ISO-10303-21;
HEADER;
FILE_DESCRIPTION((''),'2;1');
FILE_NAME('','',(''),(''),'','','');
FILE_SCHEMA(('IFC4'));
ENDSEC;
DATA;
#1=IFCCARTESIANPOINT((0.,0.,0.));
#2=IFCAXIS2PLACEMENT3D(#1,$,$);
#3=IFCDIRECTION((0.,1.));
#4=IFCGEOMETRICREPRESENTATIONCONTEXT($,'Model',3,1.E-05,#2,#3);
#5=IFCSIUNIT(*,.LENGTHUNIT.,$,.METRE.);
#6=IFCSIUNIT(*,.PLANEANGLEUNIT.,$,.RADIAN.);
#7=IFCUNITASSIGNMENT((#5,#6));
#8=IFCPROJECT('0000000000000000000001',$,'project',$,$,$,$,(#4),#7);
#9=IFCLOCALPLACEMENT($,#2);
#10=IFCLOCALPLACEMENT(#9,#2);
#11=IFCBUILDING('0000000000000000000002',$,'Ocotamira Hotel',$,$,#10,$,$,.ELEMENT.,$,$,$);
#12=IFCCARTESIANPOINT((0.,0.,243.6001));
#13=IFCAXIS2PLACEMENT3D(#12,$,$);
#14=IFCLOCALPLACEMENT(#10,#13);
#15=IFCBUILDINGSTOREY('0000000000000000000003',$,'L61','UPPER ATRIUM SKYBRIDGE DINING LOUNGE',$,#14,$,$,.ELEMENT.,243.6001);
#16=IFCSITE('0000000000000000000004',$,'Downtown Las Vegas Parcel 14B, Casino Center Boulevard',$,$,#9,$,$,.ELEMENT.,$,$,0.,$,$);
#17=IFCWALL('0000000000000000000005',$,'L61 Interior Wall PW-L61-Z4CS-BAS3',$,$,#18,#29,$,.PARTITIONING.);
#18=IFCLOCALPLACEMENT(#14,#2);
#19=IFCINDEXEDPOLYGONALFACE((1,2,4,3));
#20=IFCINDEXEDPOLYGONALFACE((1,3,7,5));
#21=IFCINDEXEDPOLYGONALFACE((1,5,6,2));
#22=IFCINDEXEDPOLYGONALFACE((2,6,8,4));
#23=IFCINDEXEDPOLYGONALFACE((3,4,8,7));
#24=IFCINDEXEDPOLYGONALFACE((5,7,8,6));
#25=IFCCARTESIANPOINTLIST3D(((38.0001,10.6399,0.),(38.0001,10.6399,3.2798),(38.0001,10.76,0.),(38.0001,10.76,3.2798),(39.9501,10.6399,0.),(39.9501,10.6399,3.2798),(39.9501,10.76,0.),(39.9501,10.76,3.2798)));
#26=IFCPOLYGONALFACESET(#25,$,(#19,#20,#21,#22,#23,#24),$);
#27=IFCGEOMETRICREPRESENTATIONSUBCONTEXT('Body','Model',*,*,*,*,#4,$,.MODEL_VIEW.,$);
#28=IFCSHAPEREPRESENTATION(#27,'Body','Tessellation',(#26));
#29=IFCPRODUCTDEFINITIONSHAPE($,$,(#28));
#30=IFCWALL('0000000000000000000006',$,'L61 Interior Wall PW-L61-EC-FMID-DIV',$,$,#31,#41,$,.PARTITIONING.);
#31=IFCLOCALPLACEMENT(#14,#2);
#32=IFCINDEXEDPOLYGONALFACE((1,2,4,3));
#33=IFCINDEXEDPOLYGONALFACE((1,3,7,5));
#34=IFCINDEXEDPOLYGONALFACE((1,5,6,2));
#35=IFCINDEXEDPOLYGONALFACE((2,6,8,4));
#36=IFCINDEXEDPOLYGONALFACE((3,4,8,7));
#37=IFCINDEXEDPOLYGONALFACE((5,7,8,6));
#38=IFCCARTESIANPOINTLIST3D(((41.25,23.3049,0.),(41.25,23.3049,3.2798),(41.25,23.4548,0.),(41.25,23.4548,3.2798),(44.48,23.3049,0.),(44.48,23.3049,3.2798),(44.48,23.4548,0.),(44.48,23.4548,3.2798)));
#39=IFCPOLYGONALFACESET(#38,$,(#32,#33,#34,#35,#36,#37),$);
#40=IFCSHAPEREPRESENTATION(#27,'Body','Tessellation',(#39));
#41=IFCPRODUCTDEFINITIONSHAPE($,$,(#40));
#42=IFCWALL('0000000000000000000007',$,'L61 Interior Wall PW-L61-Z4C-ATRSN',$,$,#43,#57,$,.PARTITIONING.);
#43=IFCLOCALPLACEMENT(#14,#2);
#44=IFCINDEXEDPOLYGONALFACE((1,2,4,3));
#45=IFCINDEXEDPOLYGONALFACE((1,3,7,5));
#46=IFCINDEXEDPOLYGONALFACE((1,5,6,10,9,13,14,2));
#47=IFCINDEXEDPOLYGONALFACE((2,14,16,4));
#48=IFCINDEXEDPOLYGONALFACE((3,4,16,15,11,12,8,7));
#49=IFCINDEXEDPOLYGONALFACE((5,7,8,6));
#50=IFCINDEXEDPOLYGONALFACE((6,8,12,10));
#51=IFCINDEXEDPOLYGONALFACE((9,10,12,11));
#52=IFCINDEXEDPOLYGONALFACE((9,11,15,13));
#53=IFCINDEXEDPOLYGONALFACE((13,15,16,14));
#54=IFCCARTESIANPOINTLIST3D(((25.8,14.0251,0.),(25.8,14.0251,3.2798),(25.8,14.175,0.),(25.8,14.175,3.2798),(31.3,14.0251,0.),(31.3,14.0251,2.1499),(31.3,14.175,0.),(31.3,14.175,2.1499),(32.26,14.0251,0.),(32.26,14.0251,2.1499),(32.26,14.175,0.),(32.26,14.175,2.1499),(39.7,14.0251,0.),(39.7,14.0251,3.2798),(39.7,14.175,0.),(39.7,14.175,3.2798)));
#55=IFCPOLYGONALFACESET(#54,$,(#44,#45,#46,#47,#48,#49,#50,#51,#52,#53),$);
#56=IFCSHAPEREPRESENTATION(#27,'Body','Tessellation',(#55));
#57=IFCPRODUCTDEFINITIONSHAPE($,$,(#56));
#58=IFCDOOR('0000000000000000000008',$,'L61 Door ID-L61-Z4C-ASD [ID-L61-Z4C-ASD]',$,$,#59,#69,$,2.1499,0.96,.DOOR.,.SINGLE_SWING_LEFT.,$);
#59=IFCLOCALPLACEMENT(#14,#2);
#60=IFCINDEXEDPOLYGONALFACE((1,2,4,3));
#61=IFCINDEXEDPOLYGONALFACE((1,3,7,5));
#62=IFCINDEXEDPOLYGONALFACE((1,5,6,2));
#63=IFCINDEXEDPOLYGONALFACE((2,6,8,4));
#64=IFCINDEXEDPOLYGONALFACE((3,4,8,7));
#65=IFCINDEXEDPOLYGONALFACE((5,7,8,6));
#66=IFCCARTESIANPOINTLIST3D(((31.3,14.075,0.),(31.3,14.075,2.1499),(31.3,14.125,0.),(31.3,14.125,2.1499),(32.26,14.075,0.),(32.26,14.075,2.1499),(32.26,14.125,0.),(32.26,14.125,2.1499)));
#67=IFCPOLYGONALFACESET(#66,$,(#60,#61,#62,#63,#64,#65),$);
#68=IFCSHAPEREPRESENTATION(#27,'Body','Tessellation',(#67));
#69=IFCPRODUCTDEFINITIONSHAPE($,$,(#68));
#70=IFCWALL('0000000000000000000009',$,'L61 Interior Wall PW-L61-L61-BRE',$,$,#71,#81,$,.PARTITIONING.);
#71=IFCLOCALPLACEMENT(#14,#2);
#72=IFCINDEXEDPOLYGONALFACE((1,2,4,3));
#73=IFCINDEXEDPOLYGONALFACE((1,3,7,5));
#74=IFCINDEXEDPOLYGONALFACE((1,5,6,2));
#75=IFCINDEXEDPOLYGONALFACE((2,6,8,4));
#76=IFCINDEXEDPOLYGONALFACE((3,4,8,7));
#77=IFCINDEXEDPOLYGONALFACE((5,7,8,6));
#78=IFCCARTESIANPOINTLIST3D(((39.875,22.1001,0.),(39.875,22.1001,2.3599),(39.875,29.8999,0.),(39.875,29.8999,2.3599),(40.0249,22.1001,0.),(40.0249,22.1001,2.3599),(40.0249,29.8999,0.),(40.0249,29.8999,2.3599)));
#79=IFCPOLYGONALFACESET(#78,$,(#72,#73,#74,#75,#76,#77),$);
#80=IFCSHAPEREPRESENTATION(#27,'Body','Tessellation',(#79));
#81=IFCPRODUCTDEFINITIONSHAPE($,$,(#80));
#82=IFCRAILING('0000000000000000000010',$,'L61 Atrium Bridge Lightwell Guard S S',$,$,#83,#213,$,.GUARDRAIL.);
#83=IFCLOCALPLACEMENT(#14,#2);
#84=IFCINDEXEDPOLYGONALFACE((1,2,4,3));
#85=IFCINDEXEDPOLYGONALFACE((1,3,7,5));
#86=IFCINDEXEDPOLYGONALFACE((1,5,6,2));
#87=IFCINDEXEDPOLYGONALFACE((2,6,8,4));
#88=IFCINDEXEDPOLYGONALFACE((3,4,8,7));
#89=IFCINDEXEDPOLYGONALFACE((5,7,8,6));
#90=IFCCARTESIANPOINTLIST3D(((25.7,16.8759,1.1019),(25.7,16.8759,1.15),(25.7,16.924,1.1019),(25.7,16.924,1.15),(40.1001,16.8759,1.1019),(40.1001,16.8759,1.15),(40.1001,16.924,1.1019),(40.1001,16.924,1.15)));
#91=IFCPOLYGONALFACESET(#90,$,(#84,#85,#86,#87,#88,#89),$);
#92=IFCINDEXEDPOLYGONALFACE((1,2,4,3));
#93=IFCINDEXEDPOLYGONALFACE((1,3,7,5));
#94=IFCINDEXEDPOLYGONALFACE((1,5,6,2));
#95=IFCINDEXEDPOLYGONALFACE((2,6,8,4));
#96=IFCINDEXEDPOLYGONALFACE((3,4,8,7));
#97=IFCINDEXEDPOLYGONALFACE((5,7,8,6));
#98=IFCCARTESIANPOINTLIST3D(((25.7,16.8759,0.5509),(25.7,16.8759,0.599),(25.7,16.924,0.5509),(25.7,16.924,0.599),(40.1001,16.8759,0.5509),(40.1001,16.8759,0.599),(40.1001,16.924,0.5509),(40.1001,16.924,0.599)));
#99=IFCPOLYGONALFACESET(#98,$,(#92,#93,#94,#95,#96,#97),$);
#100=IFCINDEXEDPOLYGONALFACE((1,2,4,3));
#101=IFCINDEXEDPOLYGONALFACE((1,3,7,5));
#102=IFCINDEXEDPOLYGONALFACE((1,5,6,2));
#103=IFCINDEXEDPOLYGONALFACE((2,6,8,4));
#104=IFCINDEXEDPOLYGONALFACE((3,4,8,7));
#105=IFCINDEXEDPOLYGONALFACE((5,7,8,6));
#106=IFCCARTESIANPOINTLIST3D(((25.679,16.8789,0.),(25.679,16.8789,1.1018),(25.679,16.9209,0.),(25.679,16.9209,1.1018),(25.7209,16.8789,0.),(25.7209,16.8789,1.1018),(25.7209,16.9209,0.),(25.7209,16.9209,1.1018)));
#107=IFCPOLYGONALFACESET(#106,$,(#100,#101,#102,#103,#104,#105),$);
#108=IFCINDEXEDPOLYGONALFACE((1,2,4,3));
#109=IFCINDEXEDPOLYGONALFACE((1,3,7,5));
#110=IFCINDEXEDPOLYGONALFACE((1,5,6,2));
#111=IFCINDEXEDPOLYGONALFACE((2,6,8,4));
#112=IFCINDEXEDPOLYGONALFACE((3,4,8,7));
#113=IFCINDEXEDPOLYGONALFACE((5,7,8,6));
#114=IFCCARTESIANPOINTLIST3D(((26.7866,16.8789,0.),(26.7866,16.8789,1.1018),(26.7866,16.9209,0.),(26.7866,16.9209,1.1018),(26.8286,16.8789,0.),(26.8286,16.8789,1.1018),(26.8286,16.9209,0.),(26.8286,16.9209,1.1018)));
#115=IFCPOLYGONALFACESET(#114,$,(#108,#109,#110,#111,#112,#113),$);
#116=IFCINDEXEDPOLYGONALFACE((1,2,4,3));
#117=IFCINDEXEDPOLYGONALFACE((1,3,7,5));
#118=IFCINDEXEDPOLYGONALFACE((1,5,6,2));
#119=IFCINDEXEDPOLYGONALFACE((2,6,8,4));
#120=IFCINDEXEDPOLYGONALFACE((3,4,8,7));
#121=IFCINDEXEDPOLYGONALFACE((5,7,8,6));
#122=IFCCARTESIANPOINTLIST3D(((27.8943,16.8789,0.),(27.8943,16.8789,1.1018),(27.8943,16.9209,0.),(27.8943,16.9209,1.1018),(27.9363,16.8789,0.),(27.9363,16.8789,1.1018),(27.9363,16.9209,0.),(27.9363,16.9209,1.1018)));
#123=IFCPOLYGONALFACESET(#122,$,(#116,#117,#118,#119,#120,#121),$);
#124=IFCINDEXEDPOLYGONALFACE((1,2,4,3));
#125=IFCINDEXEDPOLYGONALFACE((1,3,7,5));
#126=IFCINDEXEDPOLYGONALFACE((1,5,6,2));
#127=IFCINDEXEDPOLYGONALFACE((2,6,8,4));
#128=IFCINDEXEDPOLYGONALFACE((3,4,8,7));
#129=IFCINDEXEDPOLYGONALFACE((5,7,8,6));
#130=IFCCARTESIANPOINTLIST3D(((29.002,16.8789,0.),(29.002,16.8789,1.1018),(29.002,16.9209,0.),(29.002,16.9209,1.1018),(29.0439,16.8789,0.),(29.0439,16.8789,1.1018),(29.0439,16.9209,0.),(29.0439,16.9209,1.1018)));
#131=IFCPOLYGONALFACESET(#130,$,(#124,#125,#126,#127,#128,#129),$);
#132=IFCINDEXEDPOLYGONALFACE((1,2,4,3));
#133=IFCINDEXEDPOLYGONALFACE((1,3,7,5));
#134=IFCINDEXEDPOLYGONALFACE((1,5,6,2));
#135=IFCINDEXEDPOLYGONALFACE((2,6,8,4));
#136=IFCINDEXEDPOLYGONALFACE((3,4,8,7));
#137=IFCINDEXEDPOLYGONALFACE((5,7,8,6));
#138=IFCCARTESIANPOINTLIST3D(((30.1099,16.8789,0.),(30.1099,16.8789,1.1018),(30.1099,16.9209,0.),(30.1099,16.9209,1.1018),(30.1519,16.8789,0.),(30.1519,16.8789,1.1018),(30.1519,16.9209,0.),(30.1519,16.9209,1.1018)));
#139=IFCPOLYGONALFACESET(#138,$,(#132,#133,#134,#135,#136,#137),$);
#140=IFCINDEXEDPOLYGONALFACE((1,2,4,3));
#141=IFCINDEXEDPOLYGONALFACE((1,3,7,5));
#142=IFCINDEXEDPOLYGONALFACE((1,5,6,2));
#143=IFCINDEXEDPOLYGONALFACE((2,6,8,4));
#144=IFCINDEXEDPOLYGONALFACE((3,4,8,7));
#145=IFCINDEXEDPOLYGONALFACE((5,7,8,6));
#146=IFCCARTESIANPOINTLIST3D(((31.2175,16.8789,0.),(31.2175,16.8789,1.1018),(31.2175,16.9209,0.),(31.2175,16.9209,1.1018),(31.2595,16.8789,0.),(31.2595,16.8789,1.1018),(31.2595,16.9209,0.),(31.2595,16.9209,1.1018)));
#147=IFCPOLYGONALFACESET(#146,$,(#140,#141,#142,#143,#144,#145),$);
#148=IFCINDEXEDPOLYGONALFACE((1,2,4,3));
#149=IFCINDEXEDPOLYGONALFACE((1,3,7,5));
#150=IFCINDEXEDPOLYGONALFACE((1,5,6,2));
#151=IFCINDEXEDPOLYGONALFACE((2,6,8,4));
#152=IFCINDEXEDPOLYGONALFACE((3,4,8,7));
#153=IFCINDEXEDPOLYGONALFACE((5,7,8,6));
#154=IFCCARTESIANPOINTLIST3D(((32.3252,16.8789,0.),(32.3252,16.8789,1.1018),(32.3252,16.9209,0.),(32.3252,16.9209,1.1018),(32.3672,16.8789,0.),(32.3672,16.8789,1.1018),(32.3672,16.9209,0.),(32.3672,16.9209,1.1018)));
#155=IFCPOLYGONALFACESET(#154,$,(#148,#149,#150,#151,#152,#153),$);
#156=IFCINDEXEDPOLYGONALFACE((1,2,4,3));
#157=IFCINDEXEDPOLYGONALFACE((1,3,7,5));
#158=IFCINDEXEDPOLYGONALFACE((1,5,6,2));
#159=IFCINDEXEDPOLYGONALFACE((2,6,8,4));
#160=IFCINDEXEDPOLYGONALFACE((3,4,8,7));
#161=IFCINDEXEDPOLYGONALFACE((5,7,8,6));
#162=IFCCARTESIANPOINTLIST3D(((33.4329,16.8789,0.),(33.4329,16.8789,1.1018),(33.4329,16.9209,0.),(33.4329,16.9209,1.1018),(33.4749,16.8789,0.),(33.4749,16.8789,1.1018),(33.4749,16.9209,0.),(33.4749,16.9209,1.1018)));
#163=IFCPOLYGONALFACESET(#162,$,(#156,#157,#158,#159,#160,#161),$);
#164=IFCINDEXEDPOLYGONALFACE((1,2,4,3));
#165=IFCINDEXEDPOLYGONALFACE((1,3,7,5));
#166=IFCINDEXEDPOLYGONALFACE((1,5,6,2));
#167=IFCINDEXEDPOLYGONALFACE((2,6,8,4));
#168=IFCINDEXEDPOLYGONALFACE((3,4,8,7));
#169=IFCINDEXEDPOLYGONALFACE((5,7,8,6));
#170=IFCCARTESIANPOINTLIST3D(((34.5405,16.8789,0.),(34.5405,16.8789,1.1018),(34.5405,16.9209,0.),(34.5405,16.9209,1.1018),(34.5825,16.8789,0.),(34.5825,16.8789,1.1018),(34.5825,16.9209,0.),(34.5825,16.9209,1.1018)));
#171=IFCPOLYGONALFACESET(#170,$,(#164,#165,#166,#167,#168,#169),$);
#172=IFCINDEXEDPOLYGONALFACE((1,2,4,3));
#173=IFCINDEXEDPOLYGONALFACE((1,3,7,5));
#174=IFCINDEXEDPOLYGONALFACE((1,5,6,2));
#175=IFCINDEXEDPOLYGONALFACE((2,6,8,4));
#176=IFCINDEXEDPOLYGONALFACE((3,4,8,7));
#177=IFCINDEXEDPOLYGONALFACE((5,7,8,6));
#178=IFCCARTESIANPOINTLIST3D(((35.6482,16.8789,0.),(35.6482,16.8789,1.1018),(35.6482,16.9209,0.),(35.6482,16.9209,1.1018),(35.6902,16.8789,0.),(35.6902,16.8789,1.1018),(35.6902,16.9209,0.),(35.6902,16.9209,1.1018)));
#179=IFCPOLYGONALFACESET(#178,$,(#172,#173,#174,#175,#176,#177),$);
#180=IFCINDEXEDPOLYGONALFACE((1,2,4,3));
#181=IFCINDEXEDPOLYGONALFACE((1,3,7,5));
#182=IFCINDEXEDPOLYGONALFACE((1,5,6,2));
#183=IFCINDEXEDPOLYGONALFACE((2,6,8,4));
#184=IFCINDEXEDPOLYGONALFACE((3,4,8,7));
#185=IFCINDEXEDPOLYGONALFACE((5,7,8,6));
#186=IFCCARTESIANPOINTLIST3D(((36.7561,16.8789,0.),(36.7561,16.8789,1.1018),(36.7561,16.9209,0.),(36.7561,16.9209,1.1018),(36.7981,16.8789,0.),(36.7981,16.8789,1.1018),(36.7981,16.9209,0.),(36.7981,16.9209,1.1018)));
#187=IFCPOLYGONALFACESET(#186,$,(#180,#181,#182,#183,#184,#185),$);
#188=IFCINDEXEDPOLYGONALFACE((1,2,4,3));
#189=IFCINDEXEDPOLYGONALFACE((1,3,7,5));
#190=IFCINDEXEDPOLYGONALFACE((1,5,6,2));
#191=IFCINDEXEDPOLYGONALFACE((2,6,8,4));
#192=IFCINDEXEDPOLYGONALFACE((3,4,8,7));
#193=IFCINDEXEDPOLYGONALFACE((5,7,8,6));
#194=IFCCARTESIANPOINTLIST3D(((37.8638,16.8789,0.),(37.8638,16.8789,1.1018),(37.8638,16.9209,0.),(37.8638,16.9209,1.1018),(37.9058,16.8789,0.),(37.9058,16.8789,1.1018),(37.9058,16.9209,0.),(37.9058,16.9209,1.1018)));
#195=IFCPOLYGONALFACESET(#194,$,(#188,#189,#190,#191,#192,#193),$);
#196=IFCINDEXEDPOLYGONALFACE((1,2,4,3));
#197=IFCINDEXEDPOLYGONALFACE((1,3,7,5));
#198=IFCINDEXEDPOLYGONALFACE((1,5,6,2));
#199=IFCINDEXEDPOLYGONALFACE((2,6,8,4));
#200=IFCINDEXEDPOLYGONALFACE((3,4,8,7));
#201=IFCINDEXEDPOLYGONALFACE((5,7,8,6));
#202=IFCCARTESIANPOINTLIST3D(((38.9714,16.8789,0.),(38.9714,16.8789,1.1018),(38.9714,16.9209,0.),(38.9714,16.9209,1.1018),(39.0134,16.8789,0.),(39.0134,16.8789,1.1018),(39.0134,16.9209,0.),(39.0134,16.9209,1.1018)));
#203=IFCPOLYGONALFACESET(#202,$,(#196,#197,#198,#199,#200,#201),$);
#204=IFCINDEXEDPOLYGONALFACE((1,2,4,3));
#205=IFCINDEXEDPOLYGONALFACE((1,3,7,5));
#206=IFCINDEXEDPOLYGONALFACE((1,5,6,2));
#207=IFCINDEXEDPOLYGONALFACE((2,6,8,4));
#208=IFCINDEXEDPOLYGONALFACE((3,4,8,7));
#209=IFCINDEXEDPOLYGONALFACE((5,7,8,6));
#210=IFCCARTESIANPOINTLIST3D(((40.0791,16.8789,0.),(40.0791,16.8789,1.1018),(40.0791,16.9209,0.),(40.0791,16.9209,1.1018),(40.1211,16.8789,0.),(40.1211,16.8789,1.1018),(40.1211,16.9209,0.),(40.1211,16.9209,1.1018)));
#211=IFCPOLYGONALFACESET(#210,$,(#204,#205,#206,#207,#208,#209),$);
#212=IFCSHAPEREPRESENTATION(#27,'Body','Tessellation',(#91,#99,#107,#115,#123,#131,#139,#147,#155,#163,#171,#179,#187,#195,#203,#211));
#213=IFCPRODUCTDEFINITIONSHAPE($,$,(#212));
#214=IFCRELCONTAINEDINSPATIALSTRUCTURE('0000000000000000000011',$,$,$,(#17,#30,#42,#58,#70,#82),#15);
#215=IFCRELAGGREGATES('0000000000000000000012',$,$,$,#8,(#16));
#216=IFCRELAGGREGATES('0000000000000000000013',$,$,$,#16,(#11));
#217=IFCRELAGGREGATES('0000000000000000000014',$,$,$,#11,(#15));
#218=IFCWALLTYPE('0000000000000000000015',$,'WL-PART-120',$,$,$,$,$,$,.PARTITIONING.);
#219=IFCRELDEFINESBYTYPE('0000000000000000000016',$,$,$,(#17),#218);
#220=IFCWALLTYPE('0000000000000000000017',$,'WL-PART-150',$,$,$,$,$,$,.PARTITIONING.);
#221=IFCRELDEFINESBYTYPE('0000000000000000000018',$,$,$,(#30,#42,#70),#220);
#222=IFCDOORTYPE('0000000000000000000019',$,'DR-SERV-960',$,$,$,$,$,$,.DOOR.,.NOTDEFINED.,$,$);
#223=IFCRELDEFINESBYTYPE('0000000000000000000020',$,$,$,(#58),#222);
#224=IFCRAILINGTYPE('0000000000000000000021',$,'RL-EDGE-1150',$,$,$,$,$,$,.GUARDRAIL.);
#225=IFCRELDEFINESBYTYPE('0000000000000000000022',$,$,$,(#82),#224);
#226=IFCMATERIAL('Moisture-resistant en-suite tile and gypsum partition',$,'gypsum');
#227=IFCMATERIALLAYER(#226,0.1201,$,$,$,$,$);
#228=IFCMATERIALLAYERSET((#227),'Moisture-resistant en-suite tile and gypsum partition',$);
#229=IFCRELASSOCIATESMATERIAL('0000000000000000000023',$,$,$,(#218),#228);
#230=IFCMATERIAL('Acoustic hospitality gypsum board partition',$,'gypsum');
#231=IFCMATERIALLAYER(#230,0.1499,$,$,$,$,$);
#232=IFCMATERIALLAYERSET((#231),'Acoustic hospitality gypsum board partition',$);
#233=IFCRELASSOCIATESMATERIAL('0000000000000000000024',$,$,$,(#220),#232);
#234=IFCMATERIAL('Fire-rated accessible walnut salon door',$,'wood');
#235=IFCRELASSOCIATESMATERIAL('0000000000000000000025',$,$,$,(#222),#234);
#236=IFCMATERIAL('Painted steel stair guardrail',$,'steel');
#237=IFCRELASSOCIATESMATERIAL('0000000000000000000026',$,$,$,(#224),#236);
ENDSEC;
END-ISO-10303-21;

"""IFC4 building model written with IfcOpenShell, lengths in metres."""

from ifc_helpers import new_model, si_unit, direction, frame, frame_2d, origin, origin_2d, place, context, subcontext, project, spatial, rectangle, extrude, source, transform, mapped, material, layer, layer_set, type_object, element, fill, save


model = new_model("IFC4")

# Units and contexts
model_context = context("Model", 3, precision=1e-05, world=origin(), true_north=direction((0.0, 1.0)))
body_context = subcontext(model_context, "Body", "Model", "MODEL_VIEW")
ifc_project = project(units=[si_unit("LENGTHUNIT", "METRE"), si_unit("PLANEANGLEUNIT", "RADIAN")], contexts=[model_context])

# Site, building, storey
site_placement = place(None, origin())
site = spatial("IfcSite", under=ifc_project, at=site_placement, Name="Downtown Las Vegas Parcel 14B, Casino Center Boulevard", CompositionType="ELEMENT", RefElevation=0.0)
building_placement = place(site_placement, origin())
building = spatial("IfcBuilding", under=site, at=building_placement, Name="Ocotamira Hotel", CompositionType="ELEMENT")
storey_placement = place(building_placement, frame((0.0, 0.0, 243.6001)))
storey = spatial("IfcBuildingStorey", under=building, at=storey_placement, Name="L61", Description="UPPER ATRIUM SKYBRIDGE DINING LOUNGE", CompositionType="ELEMENT", Elevation=243.6001)

# Shared definitions
ifc_material_1 = material(Name="Moisture-resistant en-suite tile and gypsum partition", Category="gypsum")
ifc_layer_1 = layer(ifc_material_1, 0.1201)
ifc_layer_set_1 = layer_set([ifc_layer_1], Name="Moisture-resistant en-suite tile and gypsum partition")
wall_type_1 = type_object("IfcWallType", Name="WL-PART-120", PredefinedType="PARTITIONING", material=ifc_layer_set_1)

# Walls
wall_1_placement = place(storey_placement, frame((38.0, 10.7, 0.0), z_axis=(0.0, 0.0, 1.0), x_axis=(1.0, 0.0, 0.0)))
element("IfcWall", 1, at=wall_1_placement, inside=storey, type_object=wall_type_1, Name="L61 Interior Wall PW-L61-Z4CS-BAS3", PredefinedType="PARTITIONING", context=body_context, shape_type="SweptSolid", body=[
    extrude(rectangle(XDim=1.95, YDim=0.1201, at=frame_2d((0.9751, 0.0))), origin(), (0.0, 0.0, 1.0), 3.2798),
])
ifc_material_2 = material(Name="Acoustic hospitality gypsum board partition", Category="gypsum")
ifc_layer_2 = layer(ifc_material_2, 0.1499)
ifc_layer_set_2 = layer_set([ifc_layer_2], Name="Acoustic hospitality gypsum board partition")
wall_type_2 = type_object("IfcWallType", Name="WL-PART-150", PredefinedType="PARTITIONING", material=ifc_layer_set_2)
wall_2_placement = place(storey_placement, frame((41.25, 23.3799, 0.0), z_axis=(0.0, 0.0, 1.0), x_axis=(1.0, 0.0, 0.0)))
element("IfcWall", 2, at=wall_2_placement, inside=storey, type_object=wall_type_2, Name="L61 Interior Wall PW-L61-EC-FMID-DIV", PredefinedType="PARTITIONING", context=body_context, shape_type="SweptSolid", body=[
    extrude(rectangle(XDim=3.23, YDim=0.1499, at=frame_2d((1.615, 0.0))), origin(), (0.0, 0.0, 1.0), 3.2798),
])

# Wall, opening, door
wall_3_placement = place(storey_placement, frame((25.8, 14.1001, 0.0), z_axis=(0.0, 0.0, 1.0), x_axis=(1.0, 0.0, 0.0)))
wall_3 = element("IfcWall", 3, at=wall_3_placement, inside=storey, type_object=wall_type_2, Name="L61 Interior Wall PW-L61-Z4C-ATRSN", PredefinedType="PARTITIONING", context=body_context, shape_type="SweptSolid", body=[
    extrude(rectangle(XDim=13.8999, YDim=0.1499, at=frame_2d((6.95, 0.0))), origin(), (0.0, 0.0, 1.0), 3.2798),
])
opening_1_placement = place(wall_3_placement, frame((5.5, 0.0, 0.0)))
opening_1 = element("IfcOpeningElement", 4, at=opening_1_placement, cuts=wall_3, PredefinedType="OPENING", context=body_context, shape_type="SweptSolid", body=[
    extrude(rectangle(XDim=0.96, YDim=2.1499, at=frame_2d((0.48, 1.075))), frame((0.0, 0.085, 0.0), z_axis=(0.0, -1.0, 0.0), x_axis=(1.0, 0.0, 0.0)), (0.0, 0.0, 1.0), 0.1699),
])
ifc_material_3 = material(Name="Fire-rated accessible walnut salon door", Category="wood")
door_type_1 = type_object("IfcDoorType", Name="DR-SERV-960", OperationType="NOTDEFINED", PredefinedType="DOOR", material=ifc_material_3)
shared_shape_1 = source(origin(), body_context, "Body", "SweptSolid", [
    extrude(rectangle(XDim=0.96, YDim=2.1499, at=frame_2d((0.48, 1.075))), frame((0.0, 0.0249, 0.0), z_axis=(0.0, -1.0, 0.0), x_axis=(1.0, 0.0, 0.0)), (0.0, 0.0, 1.0), 0.05),
])
door_1_placement = place(opening_1_placement, origin())
door_1 = element("IfcDoor", 5, at=door_1_placement, inside=storey, type_object=door_type_1, Name="L61 Door ID-L61-Z4C-ASD [ID-L61-Z4C-ASD]", OperationType="SINGLE_SWING_LEFT", OverallHeight=2.1499, OverallWidth=0.96, PredefinedType="DOOR", context=body_context, shape_type="MappedRepresentation", body=[
    mapped(shared_shape_1, transform((0.0, 0.0, 0.0), scale=1.0)),
])
fill(opening_1, door_1)

# Wall
wall_4_placement = place(storey_placement, frame((39.95, 22.1001, 0.0), z_axis=(0.0, 0.0, 1.0), x_axis=(0.0, 1.0, 0.0)))
element("IfcWall", 6, at=wall_4_placement, inside=storey, type_object=wall_type_2, Name="L61 Interior Wall PW-L61-L61-BRE", PredefinedType="PARTITIONING", context=body_context, shape_type="SweptSolid", body=[
    extrude(rectangle(XDim=7.7998, YDim=0.1499, at=frame_2d((3.8999, 0.0))), origin(), (0.0, 0.0, 1.0), 2.3599),
])

# Railing
ifc_material_4 = material(Name="Painted steel stair guardrail", Category="steel")
railing_type = type_object("IfcRailingType", Name="RL-EDGE-1150", PredefinedType="GUARDRAIL", material=ifc_material_4)
railing_1_placement = place(storey_placement, frame((25.7, 16.8999, 0.0)))
element("IfcRailing", 7, at=railing_1_placement, inside=storey, type_object=railing_type, Name="L61 Atrium Bridge Lightwell Guard S S", PredefinedType="GUARDRAIL", context=body_context, shape_type="SweptSolid", body=[
    extrude(rectangle(XDim=0.0481, YDim=0.0481, at=origin_2d()), frame((0.0, 0.0, 1.126), z_axis=(1.0, 0.0, 0.0), x_axis=(0.0, 1.0, 0.0)), (0.0, 0.0, 1.0), 14.4001),
    extrude(rectangle(XDim=0.0481, YDim=0.0481, at=origin_2d()), frame((0.0, 0.0, 0.575), z_axis=(1.0, 0.0, 0.0), x_axis=(0.0, 1.0, 0.0)), (0.0, 0.0, 1.0), 14.4001),
    extrude(rectangle(XDim=0.042, YDim=0.042, at=origin_2d()), origin(), (0.0, 0.0, 1.0), 1.1018),
    extrude(rectangle(XDim=0.042, YDim=0.042, at=origin_2d()), frame((1.1077, 0.0, 0.0)), (0.0, 0.0, 1.0), 1.1018),
    extrude(rectangle(XDim=0.042, YDim=0.042, at=origin_2d()), frame((2.2153, 0.0, 0.0)), (0.0, 0.0, 1.0), 1.1018),
    extrude(rectangle(XDim=0.042, YDim=0.042, at=origin_2d()), frame((3.323, 0.0, 0.0)), (0.0, 0.0, 1.0), 1.1018),
    extrude(rectangle(XDim=0.042, YDim=0.042, at=origin_2d()), frame((4.4309, 0.0, 0.0)), (0.0, 0.0, 1.0), 1.1018),
    extrude(rectangle(XDim=0.042, YDim=0.042, at=origin_2d()), frame((5.5386, 0.0, 0.0)), (0.0, 0.0, 1.0), 1.1018),
    extrude(rectangle(XDim=0.042, YDim=0.042, at=origin_2d()), frame((6.6462, 0.0, 0.0)), (0.0, 0.0, 1.0), 1.1018),
    extrude(rectangle(XDim=0.042, YDim=0.042, at=origin_2d()), frame((7.7539, 0.0, 0.0)), (0.0, 0.0, 1.0), 1.1018),
    extrude(rectangle(XDim=0.042, YDim=0.042, at=origin_2d()), frame((8.8616, 0.0, 0.0)), (0.0, 0.0, 1.0), 1.1018),
    extrude(rectangle(XDim=0.042, YDim=0.042, at=origin_2d()), frame((9.9692, 0.0, 0.0)), (0.0, 0.0, 1.0), 1.1018),
    extrude(rectangle(XDim=0.042, YDim=0.042, at=origin_2d()), frame((11.0771, 0.0, 0.0)), (0.0, 0.0, 1.0), 1.1018),
    extrude(rectangle(XDim=0.042, YDim=0.042, at=origin_2d()), frame((12.1848, 0.0, 0.0)), (0.0, 0.0, 1.0), 1.1018),
    extrude(rectangle(XDim=0.042, YDim=0.042, at=origin_2d()), frame((13.2925, 0.0, 0.0)), (0.0, 0.0, 1.0), 1.1018),
    extrude(rectangle(XDim=0.042, YDim=0.042, at=origin_2d()), frame((14.4001, 0.0, 0.0)), (0.0, 0.0, 1.0), 1.1018),
])

save(model, "model.ifc")
